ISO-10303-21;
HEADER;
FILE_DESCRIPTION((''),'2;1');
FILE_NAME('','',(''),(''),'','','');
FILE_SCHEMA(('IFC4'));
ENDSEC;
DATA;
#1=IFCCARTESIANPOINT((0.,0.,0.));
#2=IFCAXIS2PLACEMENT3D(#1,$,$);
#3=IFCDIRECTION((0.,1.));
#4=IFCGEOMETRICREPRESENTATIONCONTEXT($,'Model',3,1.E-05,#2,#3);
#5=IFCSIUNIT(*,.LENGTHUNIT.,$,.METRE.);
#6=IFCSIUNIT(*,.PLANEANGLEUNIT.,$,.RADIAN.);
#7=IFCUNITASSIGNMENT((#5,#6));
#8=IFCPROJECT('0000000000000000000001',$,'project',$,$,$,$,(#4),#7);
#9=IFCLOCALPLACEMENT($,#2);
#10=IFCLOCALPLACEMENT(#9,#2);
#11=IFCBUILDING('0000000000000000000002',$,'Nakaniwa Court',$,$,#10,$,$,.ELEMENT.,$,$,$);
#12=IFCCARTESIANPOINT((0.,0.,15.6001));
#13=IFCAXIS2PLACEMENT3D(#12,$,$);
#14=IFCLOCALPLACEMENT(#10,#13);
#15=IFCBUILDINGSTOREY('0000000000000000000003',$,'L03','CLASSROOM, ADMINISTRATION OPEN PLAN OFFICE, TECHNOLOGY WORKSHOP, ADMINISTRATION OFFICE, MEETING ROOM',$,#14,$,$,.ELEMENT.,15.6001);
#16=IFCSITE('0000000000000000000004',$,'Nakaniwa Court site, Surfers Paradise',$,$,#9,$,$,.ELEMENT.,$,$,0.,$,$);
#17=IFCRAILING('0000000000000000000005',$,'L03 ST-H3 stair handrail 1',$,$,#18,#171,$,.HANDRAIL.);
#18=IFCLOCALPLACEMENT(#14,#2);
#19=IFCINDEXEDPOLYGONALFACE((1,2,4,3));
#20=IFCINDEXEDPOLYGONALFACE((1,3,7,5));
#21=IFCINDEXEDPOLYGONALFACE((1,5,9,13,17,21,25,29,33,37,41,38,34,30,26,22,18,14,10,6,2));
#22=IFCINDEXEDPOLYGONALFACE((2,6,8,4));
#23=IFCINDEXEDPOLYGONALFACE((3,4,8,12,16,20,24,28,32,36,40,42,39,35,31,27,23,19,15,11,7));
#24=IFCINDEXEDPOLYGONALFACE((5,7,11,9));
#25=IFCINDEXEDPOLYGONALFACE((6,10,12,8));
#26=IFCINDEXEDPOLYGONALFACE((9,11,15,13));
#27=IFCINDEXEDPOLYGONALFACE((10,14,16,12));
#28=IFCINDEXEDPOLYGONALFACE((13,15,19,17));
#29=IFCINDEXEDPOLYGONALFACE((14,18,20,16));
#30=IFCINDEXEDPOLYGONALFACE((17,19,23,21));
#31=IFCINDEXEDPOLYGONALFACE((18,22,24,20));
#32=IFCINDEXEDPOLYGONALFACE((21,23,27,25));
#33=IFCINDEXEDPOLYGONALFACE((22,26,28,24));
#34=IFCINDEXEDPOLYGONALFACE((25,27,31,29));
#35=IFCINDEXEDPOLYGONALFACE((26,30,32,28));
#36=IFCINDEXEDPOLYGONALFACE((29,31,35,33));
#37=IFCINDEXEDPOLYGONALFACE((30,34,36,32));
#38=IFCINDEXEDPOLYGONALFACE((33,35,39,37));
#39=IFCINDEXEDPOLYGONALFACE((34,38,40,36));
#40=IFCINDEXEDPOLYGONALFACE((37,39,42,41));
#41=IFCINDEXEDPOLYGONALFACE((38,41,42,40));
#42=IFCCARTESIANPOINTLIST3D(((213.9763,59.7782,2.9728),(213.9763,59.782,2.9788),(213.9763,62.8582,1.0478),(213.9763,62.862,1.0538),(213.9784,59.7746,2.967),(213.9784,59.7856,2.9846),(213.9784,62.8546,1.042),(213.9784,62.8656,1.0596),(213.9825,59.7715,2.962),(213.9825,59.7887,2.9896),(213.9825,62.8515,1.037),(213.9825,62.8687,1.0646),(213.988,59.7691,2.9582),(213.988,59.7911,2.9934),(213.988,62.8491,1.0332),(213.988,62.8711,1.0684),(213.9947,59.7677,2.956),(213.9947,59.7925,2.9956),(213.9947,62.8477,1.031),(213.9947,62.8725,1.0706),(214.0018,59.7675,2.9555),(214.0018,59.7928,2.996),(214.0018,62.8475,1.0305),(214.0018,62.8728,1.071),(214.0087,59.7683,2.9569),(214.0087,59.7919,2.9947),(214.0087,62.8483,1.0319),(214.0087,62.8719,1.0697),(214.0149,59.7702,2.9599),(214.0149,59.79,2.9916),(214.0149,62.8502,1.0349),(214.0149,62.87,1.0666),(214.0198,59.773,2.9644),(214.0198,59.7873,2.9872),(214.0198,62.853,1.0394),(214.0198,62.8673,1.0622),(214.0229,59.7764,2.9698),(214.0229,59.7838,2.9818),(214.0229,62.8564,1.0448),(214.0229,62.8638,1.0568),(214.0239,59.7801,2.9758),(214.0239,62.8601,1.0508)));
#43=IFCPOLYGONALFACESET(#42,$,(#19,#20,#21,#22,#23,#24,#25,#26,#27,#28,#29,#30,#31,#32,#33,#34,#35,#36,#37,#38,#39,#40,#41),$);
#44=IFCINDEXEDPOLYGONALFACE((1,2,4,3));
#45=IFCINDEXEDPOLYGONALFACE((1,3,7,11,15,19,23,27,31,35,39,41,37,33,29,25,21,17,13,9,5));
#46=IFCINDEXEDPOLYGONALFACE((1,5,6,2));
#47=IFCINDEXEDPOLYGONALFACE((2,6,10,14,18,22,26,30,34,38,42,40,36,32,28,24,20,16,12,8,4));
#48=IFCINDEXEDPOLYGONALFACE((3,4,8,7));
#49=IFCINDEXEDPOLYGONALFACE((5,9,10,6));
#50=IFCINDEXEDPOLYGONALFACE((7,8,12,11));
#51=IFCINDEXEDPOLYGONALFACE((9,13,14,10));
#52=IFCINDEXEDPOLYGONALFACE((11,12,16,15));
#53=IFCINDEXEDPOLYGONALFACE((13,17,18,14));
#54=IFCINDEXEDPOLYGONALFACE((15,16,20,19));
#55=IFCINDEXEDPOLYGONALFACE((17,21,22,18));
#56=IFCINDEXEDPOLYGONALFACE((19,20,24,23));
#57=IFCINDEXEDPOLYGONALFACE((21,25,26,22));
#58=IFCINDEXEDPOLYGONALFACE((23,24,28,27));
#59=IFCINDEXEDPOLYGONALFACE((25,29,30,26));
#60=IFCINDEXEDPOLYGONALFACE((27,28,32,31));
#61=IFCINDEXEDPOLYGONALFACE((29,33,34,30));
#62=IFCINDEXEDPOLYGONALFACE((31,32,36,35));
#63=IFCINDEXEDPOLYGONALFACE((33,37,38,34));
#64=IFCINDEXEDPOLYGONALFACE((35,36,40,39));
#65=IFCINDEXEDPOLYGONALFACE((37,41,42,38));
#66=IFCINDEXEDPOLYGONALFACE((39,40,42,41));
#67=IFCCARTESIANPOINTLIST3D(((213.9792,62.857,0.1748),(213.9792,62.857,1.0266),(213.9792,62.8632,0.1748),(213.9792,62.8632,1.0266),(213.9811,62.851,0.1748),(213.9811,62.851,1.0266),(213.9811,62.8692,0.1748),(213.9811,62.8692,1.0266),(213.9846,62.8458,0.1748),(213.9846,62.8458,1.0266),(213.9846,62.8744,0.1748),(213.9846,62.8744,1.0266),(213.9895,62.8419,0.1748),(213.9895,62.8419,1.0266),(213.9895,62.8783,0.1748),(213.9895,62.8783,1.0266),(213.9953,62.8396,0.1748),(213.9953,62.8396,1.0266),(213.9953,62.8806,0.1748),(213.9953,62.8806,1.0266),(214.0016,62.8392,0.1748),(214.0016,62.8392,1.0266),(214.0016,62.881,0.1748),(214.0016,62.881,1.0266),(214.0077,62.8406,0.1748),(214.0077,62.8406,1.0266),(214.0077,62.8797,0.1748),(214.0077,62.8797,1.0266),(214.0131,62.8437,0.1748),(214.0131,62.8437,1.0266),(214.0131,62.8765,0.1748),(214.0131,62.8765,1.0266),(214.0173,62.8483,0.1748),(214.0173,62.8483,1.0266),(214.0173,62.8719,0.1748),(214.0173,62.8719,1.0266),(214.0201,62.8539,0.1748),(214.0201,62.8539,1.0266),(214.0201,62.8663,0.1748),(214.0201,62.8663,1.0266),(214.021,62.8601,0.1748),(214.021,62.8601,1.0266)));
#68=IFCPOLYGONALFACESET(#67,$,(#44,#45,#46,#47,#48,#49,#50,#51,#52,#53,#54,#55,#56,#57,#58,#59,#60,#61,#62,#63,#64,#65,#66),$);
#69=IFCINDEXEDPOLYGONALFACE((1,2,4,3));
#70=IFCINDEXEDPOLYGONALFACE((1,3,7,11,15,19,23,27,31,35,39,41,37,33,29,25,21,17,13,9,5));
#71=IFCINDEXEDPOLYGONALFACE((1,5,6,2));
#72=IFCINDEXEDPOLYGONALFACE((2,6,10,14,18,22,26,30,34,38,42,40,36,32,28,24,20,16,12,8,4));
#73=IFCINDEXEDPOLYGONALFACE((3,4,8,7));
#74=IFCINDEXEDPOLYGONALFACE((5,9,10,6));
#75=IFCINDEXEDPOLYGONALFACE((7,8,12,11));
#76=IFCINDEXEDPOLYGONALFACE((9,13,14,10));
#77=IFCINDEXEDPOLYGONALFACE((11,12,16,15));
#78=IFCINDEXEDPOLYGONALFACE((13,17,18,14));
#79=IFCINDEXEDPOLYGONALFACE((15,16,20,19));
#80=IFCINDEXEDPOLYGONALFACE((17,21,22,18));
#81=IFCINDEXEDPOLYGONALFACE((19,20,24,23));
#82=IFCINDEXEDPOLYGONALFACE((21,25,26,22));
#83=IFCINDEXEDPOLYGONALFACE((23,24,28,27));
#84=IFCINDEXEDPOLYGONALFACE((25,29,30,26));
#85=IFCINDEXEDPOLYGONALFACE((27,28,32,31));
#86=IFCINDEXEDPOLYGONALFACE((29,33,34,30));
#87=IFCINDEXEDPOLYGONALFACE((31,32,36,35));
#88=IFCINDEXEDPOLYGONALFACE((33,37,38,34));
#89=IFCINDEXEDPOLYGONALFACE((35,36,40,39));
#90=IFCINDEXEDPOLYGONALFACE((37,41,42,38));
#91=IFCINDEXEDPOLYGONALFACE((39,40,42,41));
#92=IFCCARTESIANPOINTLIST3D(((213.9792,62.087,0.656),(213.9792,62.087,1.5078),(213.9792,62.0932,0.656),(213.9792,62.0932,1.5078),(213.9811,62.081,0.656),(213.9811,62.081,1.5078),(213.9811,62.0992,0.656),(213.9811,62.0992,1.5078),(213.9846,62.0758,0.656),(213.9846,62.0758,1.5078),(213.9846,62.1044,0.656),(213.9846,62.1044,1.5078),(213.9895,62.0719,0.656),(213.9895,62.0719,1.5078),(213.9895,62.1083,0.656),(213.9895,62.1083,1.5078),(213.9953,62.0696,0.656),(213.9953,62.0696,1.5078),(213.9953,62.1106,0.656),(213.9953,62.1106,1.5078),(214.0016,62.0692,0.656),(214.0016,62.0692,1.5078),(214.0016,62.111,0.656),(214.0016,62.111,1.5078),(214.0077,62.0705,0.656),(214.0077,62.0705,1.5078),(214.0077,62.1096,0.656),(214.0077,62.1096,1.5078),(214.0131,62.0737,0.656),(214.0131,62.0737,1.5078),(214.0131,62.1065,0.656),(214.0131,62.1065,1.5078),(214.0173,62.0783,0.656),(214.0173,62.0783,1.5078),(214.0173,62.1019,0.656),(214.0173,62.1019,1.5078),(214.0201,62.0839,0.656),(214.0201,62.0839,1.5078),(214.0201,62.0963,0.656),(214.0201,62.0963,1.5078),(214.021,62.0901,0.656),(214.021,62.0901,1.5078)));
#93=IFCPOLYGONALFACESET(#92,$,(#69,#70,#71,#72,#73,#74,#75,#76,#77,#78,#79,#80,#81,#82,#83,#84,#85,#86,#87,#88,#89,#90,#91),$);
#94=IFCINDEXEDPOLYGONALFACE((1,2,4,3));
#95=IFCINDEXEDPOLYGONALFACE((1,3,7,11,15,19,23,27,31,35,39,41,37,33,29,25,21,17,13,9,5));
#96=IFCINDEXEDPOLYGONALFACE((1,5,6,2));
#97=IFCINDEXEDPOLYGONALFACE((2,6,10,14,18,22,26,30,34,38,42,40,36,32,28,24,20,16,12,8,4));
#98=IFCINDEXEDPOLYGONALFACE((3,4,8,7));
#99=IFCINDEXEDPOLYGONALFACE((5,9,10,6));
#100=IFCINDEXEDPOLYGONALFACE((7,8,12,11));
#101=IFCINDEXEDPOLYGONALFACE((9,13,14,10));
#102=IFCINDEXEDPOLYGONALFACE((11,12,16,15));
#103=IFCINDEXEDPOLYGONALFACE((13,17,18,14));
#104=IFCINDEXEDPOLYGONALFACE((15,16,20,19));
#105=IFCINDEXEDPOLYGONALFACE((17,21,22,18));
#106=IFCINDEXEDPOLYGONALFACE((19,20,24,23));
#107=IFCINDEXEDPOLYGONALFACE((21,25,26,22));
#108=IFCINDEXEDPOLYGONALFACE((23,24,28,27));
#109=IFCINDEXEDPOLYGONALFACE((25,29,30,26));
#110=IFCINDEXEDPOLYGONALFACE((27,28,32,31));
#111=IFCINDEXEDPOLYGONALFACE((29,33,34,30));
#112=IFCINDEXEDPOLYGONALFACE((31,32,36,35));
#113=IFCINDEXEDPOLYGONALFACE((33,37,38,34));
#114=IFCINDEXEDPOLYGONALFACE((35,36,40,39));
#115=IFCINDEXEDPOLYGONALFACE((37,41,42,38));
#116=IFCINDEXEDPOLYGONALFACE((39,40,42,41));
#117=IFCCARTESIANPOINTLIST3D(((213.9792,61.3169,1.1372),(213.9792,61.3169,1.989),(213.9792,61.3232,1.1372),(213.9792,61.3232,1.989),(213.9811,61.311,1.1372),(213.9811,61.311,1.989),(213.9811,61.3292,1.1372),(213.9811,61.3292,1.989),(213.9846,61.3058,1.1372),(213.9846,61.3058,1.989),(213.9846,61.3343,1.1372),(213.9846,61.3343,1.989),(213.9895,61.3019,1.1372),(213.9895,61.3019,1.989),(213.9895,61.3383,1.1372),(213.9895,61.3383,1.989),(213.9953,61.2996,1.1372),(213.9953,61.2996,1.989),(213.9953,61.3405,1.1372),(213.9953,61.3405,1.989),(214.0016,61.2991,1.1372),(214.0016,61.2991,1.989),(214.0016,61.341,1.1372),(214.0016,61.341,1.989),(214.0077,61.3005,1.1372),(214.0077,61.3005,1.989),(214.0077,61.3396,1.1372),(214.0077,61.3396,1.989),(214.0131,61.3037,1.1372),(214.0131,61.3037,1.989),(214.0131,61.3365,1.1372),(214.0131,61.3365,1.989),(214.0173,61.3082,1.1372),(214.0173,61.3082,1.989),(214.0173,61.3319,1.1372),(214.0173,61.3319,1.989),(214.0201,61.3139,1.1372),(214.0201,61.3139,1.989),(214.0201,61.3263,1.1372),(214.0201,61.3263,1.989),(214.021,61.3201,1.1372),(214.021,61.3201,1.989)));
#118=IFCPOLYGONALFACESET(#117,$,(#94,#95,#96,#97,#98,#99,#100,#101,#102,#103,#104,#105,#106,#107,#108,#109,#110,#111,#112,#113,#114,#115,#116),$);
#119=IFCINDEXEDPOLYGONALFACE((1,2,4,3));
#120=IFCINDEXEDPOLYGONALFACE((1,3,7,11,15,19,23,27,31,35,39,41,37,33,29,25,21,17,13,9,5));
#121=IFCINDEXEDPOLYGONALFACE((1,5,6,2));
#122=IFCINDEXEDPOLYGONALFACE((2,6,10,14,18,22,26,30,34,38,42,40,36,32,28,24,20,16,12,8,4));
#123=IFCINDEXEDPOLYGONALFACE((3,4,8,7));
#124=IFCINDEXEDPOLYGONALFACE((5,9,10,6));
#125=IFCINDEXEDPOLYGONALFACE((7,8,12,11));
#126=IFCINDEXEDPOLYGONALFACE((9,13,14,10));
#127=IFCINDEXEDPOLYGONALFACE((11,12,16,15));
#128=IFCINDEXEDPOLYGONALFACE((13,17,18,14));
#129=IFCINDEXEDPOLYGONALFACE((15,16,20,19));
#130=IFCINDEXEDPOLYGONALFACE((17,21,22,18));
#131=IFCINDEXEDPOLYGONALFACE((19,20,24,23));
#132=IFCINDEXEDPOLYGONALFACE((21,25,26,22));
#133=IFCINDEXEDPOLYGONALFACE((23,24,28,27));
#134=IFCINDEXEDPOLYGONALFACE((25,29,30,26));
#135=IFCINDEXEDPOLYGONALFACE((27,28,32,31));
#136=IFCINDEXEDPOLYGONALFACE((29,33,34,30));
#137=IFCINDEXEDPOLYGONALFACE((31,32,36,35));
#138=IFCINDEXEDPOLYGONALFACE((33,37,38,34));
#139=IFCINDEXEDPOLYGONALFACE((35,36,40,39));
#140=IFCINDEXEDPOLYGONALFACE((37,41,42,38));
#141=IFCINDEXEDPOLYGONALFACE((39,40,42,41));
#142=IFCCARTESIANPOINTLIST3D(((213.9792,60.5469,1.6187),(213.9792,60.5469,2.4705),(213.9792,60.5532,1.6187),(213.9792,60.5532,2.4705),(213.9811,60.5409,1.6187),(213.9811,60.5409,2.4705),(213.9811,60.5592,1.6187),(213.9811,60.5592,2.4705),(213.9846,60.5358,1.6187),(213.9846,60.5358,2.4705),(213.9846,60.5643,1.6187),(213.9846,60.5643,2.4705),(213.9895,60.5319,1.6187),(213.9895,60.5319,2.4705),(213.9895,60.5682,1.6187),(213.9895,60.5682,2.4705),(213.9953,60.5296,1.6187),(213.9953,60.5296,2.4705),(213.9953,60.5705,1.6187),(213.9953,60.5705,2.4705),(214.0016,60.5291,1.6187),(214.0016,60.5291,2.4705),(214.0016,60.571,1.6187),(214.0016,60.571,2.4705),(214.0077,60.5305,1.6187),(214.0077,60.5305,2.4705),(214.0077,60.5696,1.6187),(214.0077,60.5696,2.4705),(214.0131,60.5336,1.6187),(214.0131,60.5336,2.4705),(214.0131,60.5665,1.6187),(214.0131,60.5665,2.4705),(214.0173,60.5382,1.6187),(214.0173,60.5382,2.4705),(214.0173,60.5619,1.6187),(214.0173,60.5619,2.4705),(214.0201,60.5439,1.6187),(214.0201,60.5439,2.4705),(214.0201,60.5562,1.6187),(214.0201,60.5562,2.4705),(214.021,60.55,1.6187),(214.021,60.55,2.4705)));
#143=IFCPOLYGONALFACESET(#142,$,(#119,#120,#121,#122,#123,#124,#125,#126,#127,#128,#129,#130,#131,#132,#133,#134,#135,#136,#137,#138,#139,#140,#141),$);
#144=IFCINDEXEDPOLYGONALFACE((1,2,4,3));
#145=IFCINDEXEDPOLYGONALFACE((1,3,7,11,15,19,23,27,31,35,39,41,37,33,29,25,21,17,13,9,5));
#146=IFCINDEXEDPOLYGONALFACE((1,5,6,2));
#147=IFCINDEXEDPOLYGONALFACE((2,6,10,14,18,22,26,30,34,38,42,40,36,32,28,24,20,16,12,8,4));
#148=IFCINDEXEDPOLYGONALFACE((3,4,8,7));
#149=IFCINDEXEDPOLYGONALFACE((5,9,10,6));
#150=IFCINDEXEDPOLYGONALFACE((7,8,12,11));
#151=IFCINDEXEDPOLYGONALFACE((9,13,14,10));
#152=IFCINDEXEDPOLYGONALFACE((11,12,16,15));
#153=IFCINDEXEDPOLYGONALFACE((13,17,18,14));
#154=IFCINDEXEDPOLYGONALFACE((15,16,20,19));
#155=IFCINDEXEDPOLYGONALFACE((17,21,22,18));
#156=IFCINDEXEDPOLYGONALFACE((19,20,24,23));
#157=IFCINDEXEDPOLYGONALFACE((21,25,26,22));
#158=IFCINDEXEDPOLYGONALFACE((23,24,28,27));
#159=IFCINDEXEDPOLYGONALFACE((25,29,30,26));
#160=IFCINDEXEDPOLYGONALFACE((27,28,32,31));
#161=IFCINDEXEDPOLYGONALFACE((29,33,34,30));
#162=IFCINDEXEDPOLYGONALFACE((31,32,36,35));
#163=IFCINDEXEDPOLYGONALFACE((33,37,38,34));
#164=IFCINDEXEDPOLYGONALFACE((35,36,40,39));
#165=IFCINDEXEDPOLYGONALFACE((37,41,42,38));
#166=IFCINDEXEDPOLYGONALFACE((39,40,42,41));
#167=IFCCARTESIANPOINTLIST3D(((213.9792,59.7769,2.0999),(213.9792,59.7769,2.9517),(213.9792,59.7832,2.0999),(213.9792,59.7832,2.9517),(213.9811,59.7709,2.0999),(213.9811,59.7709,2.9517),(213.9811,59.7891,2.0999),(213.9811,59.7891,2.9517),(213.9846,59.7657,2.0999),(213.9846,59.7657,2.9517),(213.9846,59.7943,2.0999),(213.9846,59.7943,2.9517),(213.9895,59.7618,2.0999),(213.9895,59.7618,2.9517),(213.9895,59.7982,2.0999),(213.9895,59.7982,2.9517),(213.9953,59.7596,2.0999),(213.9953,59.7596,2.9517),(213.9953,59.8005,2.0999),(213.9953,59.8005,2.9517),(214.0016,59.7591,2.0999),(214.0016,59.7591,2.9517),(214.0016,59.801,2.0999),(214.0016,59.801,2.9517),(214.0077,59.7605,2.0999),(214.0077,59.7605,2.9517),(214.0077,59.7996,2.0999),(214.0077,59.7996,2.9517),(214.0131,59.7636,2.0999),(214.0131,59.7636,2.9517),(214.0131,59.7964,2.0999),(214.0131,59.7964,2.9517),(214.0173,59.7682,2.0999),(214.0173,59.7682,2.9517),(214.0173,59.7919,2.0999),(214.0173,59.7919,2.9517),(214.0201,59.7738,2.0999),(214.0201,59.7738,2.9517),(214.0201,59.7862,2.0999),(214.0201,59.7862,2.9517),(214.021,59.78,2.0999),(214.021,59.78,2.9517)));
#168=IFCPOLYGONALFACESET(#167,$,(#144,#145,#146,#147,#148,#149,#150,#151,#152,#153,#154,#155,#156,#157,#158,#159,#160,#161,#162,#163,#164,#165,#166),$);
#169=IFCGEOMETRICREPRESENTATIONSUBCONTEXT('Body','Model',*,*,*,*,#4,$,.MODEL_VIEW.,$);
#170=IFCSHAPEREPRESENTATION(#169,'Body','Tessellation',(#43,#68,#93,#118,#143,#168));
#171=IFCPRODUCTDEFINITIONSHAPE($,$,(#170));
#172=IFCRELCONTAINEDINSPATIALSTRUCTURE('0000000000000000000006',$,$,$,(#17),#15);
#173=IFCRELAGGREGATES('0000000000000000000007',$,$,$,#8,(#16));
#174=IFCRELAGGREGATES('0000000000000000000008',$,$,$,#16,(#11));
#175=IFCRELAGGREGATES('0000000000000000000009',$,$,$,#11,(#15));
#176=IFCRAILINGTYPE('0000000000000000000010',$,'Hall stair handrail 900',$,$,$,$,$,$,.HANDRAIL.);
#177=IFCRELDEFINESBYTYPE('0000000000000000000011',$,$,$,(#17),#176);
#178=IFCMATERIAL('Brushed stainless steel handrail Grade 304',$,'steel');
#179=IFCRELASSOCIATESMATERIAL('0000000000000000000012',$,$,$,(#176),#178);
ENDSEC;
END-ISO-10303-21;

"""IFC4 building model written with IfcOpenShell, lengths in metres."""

from ifc_helpers import new_model, si_unit, direction, frame, origin, origin_2d, place, context, subcontext, project, spatial, circle, extrude, material, type_object, element, save


model = new_model("IFC4")

# Units and contexts
model_context = context("Model", 3, precision=1e-05, world=origin(), true_north=direction((0.0, 1.0)))
body_context = subcontext(model_context, "Body", "Model", "MODEL_VIEW")
ifc_project = project(units=[si_unit("LENGTHUNIT", "METRE"), si_unit("PLANEANGLEUNIT", "RADIAN")], contexts=[model_context])

# Site, building, storey
site_placement = place(None, origin())
site = spatial("IfcSite", under=ifc_project, at=site_placement, Name="Nakaniwa Court site, Surfers Paradise", CompositionType="ELEMENT", RefElevation=0.0)
building_placement = place(site_placement, origin())
building = spatial("IfcBuilding", under=site, at=building_placement, Name="Nakaniwa Court", CompositionType="ELEMENT")
storey_placement = place(building_placement, frame((0.0, 0.0, 15.6001)))
storey = spatial("IfcBuildingStorey", under=building, at=storey_placement, Name="L03", Description="CLASSROOM, ADMINISTRATION OPEN PLAN OFFICE, TECHNOLOGY WORKSHOP, ADMINISTRATION OFFICE, MEETING ROOM", CompositionType="ELEMENT", Elevation=15.6001)

# Railing
ifc_material_1 = material(Name="Brushed stainless steel handrail Grade 304", Category="steel")
railing_type_1 = type_object("IfcRailingType", Name="Hall stair handrail 900", PredefinedType="HANDRAIL", material=ifc_material_1)
railing_1_placement = place(storey_placement, frame((214.0, 62.8601, 0.1748)))
element("IfcRailing", 1, at=railing_1_placement, inside=storey, type_object=railing_type_1, Name="L03 ST-H3 stair handrail 1", PredefinedType="HANDRAIL", context=body_context, shape_type="SweptSolid", body=[
    extrude(circle(Radius=0.0239, at=origin_2d()), frame((0.0, 0.0, 0.876), z_axis=(0.0, -0.847998, 0.529999), x_axis=(1.0, 0.0, 0.0)), (0.0, 0.0, 1.0), 3.6321),
    extrude(circle(Radius=0.021, at=origin_2d()), origin(), (0.0, 0.0, 1.0), 0.8518),
    extrude(circle(Radius=0.021, at=origin_2d()), frame((0.0, -0.77, 0.4812)), (0.0, 0.0, 1.0), 0.8518),
    extrude(circle(Radius=0.021, at=origin_2d()), frame((0.0, -1.54, 0.9624)), (0.0, 0.0, 1.0), 0.8518),
    extrude(circle(Radius=0.021, at=origin_2d()), frame((0.0, -2.3101, 1.4438)), (0.0, 0.0, 1.0), 0.8518),
    extrude(circle(Radius=0.021, at=origin_2d()), frame((0.0, -3.0801, 1.925)), (0.0, 0.0, 1.0), 0.8518),
])

save(model, "model.ifc")
